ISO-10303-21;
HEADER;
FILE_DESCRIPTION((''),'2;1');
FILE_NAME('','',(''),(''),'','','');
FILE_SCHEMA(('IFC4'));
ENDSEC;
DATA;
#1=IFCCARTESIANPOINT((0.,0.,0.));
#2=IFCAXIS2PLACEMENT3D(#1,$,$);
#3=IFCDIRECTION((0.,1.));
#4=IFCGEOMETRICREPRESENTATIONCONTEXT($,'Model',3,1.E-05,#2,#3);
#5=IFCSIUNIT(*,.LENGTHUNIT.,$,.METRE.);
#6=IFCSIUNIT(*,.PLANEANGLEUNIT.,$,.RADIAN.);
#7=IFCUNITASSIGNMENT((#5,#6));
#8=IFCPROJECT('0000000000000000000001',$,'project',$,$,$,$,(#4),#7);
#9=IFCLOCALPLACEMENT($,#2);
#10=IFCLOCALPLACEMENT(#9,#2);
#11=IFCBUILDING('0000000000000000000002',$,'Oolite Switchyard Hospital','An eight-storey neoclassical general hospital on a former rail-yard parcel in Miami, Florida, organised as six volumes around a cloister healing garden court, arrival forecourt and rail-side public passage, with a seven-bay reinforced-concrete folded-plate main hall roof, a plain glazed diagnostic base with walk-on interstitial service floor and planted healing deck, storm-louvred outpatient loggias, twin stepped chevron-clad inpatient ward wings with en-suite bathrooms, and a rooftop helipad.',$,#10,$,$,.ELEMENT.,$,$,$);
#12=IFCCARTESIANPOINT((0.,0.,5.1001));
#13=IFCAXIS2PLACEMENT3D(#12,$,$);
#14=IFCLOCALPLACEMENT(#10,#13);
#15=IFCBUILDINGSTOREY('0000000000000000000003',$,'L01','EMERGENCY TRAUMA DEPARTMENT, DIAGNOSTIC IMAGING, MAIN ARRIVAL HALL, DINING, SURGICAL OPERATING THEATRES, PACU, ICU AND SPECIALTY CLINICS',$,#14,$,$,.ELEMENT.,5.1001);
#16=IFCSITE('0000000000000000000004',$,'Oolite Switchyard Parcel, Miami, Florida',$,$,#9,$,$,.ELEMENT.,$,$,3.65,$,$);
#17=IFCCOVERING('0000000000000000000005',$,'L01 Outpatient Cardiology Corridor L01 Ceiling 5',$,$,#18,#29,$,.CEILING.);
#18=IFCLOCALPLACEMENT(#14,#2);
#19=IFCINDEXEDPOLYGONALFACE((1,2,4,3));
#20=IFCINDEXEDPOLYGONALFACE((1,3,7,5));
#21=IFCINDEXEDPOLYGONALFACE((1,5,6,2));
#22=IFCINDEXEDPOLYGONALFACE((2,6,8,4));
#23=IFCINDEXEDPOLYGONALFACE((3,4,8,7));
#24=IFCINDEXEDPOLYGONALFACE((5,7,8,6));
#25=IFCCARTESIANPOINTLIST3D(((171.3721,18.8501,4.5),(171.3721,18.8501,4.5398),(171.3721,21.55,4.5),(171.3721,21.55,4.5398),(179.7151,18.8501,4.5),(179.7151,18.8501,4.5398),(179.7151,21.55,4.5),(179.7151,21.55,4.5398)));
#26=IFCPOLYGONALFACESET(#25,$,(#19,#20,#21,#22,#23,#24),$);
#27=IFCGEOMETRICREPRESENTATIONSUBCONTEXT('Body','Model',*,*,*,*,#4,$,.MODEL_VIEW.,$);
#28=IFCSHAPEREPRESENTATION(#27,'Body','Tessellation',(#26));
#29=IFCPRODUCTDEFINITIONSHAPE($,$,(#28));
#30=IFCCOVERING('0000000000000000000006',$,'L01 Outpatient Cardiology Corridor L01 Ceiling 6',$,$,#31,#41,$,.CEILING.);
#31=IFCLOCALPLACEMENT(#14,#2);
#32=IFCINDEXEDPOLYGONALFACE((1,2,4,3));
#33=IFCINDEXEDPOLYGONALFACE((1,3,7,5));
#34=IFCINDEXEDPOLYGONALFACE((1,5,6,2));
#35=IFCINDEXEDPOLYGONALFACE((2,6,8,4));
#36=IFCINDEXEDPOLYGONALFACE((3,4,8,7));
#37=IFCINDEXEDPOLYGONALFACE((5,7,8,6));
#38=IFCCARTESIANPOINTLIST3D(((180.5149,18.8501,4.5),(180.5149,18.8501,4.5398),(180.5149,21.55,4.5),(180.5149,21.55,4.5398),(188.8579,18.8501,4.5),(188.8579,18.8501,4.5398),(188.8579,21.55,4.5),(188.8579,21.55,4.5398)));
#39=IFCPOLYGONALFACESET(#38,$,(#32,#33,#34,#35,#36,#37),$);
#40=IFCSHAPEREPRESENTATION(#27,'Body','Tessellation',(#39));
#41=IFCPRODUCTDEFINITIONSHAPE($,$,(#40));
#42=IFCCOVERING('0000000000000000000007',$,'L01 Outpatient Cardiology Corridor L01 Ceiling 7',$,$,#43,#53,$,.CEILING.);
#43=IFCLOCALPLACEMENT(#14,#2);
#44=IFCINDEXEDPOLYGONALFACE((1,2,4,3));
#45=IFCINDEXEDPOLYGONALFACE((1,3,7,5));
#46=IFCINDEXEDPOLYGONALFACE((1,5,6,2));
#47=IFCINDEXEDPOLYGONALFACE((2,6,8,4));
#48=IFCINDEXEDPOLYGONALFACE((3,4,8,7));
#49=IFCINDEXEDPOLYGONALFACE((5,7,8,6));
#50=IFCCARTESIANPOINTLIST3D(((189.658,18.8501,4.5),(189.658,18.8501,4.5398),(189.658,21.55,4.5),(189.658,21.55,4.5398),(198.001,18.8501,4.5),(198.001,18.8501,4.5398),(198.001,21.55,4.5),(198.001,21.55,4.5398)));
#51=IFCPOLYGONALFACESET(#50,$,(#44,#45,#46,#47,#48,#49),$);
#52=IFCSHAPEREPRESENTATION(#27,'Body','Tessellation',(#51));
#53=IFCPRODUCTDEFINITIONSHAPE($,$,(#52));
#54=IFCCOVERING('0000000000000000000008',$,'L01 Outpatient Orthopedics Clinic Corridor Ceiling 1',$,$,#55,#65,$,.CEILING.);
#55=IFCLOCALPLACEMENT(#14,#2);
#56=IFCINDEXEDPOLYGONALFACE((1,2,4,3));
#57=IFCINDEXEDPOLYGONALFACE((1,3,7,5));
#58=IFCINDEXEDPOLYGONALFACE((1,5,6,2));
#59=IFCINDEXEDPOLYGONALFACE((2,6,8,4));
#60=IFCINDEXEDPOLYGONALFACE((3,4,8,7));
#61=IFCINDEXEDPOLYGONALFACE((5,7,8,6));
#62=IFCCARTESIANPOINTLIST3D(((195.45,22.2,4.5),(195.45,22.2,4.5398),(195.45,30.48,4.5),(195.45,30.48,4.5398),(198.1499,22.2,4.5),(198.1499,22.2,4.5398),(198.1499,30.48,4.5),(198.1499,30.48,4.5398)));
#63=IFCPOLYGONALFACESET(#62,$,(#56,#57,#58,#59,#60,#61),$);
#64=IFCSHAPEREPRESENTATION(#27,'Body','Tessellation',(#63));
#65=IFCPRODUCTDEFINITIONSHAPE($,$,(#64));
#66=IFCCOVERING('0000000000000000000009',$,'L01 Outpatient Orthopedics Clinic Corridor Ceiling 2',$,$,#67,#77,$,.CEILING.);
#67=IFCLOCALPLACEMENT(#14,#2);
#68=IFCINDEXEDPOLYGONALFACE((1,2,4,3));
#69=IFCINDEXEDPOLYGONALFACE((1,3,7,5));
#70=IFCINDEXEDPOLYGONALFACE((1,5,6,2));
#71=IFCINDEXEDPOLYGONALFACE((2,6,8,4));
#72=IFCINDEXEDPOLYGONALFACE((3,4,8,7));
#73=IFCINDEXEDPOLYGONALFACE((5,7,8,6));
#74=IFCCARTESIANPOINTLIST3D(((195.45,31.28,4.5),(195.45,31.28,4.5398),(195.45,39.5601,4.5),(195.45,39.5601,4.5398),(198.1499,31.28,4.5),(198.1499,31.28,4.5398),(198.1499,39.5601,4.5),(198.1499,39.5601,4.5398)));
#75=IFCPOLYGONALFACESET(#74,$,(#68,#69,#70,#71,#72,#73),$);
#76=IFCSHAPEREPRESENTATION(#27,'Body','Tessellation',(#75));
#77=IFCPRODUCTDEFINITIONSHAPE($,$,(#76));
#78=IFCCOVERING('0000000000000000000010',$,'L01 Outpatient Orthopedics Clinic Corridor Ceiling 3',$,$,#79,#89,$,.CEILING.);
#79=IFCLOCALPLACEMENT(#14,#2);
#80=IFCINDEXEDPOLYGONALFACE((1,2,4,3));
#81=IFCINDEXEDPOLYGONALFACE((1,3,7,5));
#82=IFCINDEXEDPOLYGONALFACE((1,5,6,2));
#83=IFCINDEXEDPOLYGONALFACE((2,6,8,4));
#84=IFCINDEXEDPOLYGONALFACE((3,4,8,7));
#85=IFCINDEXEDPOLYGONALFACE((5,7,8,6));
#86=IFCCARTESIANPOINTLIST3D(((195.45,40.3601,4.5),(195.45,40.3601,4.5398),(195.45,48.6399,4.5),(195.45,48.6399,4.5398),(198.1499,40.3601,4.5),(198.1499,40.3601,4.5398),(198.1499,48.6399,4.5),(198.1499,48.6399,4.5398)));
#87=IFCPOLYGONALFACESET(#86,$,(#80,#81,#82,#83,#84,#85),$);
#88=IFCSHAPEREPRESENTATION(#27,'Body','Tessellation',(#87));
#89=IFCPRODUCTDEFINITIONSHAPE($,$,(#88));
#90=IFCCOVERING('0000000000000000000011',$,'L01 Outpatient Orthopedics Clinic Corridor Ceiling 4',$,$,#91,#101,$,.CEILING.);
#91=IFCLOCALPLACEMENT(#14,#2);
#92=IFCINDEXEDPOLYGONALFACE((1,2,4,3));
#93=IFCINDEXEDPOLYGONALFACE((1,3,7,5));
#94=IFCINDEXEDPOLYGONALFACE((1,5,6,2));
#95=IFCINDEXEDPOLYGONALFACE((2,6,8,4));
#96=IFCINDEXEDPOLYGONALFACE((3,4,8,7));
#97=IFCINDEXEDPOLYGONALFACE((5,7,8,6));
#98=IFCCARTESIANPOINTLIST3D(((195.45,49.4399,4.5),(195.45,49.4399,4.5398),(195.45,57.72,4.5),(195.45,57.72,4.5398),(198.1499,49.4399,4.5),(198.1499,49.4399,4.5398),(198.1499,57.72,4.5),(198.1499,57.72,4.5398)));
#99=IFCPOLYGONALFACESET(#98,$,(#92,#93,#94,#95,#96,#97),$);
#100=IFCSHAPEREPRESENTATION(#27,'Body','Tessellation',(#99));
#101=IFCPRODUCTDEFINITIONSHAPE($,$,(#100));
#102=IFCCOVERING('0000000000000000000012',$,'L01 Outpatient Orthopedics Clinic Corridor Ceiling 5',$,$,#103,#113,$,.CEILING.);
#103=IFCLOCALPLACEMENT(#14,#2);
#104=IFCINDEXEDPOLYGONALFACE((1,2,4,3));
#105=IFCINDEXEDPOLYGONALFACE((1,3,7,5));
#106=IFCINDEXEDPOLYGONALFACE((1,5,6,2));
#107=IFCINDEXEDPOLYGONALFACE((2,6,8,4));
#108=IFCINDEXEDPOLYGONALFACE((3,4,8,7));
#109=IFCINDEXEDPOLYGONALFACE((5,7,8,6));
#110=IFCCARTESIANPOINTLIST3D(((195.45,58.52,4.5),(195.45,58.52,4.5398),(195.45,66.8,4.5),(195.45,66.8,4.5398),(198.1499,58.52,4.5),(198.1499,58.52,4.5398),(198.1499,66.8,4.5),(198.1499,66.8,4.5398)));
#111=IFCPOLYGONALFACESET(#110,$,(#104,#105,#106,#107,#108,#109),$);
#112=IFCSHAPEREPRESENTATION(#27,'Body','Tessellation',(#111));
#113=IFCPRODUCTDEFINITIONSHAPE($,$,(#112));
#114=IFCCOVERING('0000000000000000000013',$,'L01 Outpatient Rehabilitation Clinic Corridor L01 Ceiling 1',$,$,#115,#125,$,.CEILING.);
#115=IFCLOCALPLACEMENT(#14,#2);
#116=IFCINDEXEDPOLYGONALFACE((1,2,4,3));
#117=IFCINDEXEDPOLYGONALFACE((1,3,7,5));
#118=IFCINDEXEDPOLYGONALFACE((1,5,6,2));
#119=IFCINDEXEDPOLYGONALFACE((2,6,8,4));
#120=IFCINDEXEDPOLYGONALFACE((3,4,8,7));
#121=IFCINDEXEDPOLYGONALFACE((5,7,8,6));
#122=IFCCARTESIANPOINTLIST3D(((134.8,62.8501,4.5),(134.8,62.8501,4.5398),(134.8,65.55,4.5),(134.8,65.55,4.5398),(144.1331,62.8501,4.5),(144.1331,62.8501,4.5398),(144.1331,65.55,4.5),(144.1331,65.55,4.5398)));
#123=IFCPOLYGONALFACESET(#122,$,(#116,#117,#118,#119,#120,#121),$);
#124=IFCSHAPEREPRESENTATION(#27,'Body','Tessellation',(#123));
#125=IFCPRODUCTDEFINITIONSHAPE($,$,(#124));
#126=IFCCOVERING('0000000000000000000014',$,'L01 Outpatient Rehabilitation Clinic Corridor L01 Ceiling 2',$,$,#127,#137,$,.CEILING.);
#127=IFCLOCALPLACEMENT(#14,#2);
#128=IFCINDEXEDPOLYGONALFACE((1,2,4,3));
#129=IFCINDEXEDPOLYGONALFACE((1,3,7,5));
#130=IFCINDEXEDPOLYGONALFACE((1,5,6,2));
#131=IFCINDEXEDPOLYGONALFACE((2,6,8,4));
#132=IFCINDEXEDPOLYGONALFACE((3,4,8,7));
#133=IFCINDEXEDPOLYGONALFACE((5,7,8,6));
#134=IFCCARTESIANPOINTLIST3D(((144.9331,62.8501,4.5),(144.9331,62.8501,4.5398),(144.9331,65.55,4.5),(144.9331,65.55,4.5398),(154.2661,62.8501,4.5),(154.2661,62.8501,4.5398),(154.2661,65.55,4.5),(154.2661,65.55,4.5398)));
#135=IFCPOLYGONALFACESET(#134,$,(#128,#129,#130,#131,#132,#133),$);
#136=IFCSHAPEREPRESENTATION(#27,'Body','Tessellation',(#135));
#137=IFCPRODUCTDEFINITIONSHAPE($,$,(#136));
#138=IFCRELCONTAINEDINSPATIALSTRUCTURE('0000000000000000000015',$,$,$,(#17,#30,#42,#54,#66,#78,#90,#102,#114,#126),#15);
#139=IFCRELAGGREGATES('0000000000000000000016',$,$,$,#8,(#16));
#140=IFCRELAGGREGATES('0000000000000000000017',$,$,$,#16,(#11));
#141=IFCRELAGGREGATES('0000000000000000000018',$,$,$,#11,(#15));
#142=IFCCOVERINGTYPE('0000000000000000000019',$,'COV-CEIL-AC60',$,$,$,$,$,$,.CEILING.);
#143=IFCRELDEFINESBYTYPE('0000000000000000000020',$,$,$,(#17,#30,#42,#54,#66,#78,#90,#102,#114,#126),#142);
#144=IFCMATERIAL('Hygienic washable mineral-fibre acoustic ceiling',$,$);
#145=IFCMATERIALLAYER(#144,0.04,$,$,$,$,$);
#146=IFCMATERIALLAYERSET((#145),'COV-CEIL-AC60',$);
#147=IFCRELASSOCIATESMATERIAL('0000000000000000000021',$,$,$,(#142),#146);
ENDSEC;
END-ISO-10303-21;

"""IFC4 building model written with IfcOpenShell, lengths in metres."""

from ifc_helpers import new_model, si_unit, direction, frame, origin, place, context, subcontext, project, spatial, polyline, outline, extrude, material, layer, layer_set, type_object, element, save


model = new_model("IFC4")

# Units and contexts
model_context = context("Model", 3, precision=1e-05, world=origin(), true_north=direction((0.0, 1.0)))
body_context = subcontext(model_context, "Body", "Model", "MODEL_VIEW")
ifc_project = project(units=[si_unit("LENGTHUNIT", "METRE"), si_unit("PLANEANGLEUNIT", "RADIAN")], contexts=[model_context])

# Site, building, storey
site_placement = place(None, origin())
site = spatial("IfcSite", under=ifc_project, at=site_placement, Name="Oolite Switchyard Parcel, Miami, Florida", CompositionType="ELEMENT", RefElevation=3.65)
building_placement = place(site_placement, origin())
building = spatial("IfcBuilding", under=site, at=building_placement, Name="Oolite Switchyard Hospital", Description="An eight-storey neoclassical general hospital on a former rail-yard parcel in Miami, Florida, organised as six volumes around a cloister healing garden court, arrival forecourt and rail-side public passage, with a seven-bay reinforced-concrete folded-plate main hall roof, a plain glazed diagnostic base with walk-on interstitial service floor and planted healing deck, storm-louvred outpatient loggias, twin stepped chevron-clad inpatient ward wings with en-suite bathrooms, and a rooftop helipad.", CompositionType="ELEMENT")
storey_placement = place(building_placement, frame((0.0, 0.0, 5.1001)))
storey = spatial("IfcBuildingStorey", under=building, at=storey_placement, Name="L01", Description="EMERGENCY TRAUMA DEPARTMENT, DIAGNOSTIC IMAGING, MAIN ARRIVAL HALL, DINING, SURGICAL OPERATING THEATRES, PACU, ICU AND SPECIALTY CLINICS", CompositionType="ELEMENT", Elevation=5.1001)

# Coverings
ifc_material = material(Name="Hygienic washable mineral-fibre acoustic ceiling")
ifc_layer = layer(ifc_material, 0.04)
ifc_layer_set = layer_set([ifc_layer], Name="COV-CEIL-AC60")
covering_type = type_object("IfcCoveringType", Name="COV-CEIL-AC60", PredefinedType="CEILING", material=ifc_layer_set)
covering_1_placement = place(storey_placement, frame((0.0, 0.0, 4.5)))
element("IfcCovering", 1, at=covering_1_placement, inside=storey, type_object=covering_type, Name="L01 Outpatient Cardiology Corridor L01 Ceiling 5", PredefinedType="CEILING", context=body_context, shape_type="SweptSolid", body=[
    extrude(outline(polyline([(171.3721, 18.8501), (179.7151, 18.8501), (179.7151, 21.55), (171.3721, 21.55), (171.3721, 18.8501)])), origin(), (0.0, 0.0, 1.0), 0.0398),
])
covering_2_placement = place(storey_placement, frame((0.0, 0.0, 4.5)))
element("IfcCovering", 2, at=covering_2_placement, inside=storey, type_object=covering_type, Name="L01 Outpatient Cardiology Corridor L01 Ceiling 6", PredefinedType="CEILING", context=body_context, shape_type="SweptSolid", body=[
    extrude(outline(polyline([(180.5149, 18.8501), (188.8579, 18.8501), (188.8579, 21.55), (180.5149, 21.55), (180.5149, 18.8501)])), origin(), (0.0, 0.0, 1.0), 0.0398),
])
covering_3_placement = place(storey_placement, frame((0.0, 0.0, 4.5)))
element("IfcCovering", 3, at=covering_3_placement, inside=storey, type_object=covering_type, Name="L01 Outpatient Cardiology Corridor L01 Ceiling 7", PredefinedType="CEILING", context=body_context, shape_type="SweptSolid", body=[
    extrude(outline(polyline([(189.658, 18.8501), (198.001, 18.8501), (198.001, 21.55), (189.658, 21.55), (189.658, 18.8501)])), origin(), (0.0, 0.0, 1.0), 0.0398),
])
covering_4_placement = place(storey_placement, frame((0.0, 0.0, 4.5)))
element("IfcCovering", 4, at=covering_4_placement, inside=storey, type_object=covering_type, Name="L01 Outpatient Orthopedics Clinic Corridor Ceiling 1", PredefinedType="CEILING", context=body_context, shape_type="SweptSolid", body=[
    extrude(outline(polyline([(195.45, 22.2), (198.1499, 22.2), (198.1499, 30.48), (195.45, 30.48), (195.45, 22.2)])), origin(), (0.0, 0.0, 1.0), 0.0398),
])
covering_5_placement = place(storey_placement, frame((0.0, 0.0, 4.5)))
element("IfcCovering", 5, at=covering_5_placement, inside=storey, type_object=covering_type, Name="L01 Outpatient Orthopedics Clinic Corridor Ceiling 2", PredefinedType="CEILING", context=body_context, shape_type="SweptSolid", body=[
    extrude(outline(polyline([(195.45, 31.28), (198.1499, 31.28), (198.1499, 39.5601), (195.45, 39.5601), (195.45, 31.28)])), origin(), (0.0, 0.0, 1.0), 0.0398),
])
covering_6_placement = place(storey_placement, frame((0.0, 0.0, 4.5)))
element("IfcCovering", 6, at=covering_6_placement, inside=storey, type_object=covering_type, Name="L01 Outpatient Orthopedics Clinic Corridor Ceiling 3", PredefinedType="CEILING", context=body_context, shape_type="SweptSolid", body=[
    extrude(outline(polyline([(195.45, 40.3601), (198.1499, 40.3601), (198.1499, 48.6399), (195.45, 48.6399), (195.45, 40.3601)])), origin(), (0.0, 0.0, 1.0), 0.0398),
])
covering_7_placement = place(storey_placement, frame((0.0, 0.0, 4.5)))
element("IfcCovering", 7, at=covering_7_placement, inside=storey, type_object=covering_type, Name="L01 Outpatient Orthopedics Clinic Corridor Ceiling 4", PredefinedType="CEILING", context=body_context, shape_type="SweptSolid", body=[
    extrude(outline(polyline([(195.45, 49.4399), (198.1499, 49.4399), (198.1499, 57.72), (195.45, 57.72), (195.45, 49.4399)])), origin(), (0.0, 0.0, 1.0), 0.0398),
])
covering_8_placement = place(storey_placement, frame((0.0, 0.0, 4.5)))
element("IfcCovering", 8, at=covering_8_placement, inside=storey, type_object=covering_type, Name="L01 Outpatient Orthopedics Clinic Corridor Ceiling 5", PredefinedType="CEILING", context=body_context, shape_type="SweptSolid", body=[
    extrude(outline(polyline([(195.45, 58.52), (198.1499, 58.52), (198.1499, 66.8), (195.45, 66.8), (195.45, 58.52)])), origin(), (0.0, 0.0, 1.0), 0.0398),
])
covering_9_placement = place(storey_placement, frame((0.0, 0.0, 4.5)))
element("IfcCovering", 9, at=covering_9_placement, inside=storey, type_object=covering_type, Name="L01 Outpatient Rehabilitation Clinic Corridor L01 Ceiling 1", PredefinedType="CEILING", context=body_context, shape_type="SweptSolid", body=[
    extrude(outline(polyline([(134.8, 62.8501), (144.1331, 62.8501), (144.1331, 65.55), (134.8, 65.55), (134.8, 62.8501)])), origin(), (0.0, 0.0, 1.0), 0.0398),
])
covering_10_placement = place(storey_placement, frame((0.0, 0.0, 4.5)))
element("IfcCovering", 10, at=covering_10_placement, inside=storey, type_object=covering_type, Name="L01 Outpatient Rehabilitation Clinic Corridor L01 Ceiling 2", PredefinedType="CEILING", context=body_context, shape_type="SweptSolid", body=[
    extrude(outline(polyline([(144.9331, 62.8501), (154.2661, 62.8501), (154.2661, 65.55), (144.9331, 65.55), (144.9331, 62.8501)])), origin(), (0.0, 0.0, 1.0), 0.0398),
])

save(model, "model.ifc")
